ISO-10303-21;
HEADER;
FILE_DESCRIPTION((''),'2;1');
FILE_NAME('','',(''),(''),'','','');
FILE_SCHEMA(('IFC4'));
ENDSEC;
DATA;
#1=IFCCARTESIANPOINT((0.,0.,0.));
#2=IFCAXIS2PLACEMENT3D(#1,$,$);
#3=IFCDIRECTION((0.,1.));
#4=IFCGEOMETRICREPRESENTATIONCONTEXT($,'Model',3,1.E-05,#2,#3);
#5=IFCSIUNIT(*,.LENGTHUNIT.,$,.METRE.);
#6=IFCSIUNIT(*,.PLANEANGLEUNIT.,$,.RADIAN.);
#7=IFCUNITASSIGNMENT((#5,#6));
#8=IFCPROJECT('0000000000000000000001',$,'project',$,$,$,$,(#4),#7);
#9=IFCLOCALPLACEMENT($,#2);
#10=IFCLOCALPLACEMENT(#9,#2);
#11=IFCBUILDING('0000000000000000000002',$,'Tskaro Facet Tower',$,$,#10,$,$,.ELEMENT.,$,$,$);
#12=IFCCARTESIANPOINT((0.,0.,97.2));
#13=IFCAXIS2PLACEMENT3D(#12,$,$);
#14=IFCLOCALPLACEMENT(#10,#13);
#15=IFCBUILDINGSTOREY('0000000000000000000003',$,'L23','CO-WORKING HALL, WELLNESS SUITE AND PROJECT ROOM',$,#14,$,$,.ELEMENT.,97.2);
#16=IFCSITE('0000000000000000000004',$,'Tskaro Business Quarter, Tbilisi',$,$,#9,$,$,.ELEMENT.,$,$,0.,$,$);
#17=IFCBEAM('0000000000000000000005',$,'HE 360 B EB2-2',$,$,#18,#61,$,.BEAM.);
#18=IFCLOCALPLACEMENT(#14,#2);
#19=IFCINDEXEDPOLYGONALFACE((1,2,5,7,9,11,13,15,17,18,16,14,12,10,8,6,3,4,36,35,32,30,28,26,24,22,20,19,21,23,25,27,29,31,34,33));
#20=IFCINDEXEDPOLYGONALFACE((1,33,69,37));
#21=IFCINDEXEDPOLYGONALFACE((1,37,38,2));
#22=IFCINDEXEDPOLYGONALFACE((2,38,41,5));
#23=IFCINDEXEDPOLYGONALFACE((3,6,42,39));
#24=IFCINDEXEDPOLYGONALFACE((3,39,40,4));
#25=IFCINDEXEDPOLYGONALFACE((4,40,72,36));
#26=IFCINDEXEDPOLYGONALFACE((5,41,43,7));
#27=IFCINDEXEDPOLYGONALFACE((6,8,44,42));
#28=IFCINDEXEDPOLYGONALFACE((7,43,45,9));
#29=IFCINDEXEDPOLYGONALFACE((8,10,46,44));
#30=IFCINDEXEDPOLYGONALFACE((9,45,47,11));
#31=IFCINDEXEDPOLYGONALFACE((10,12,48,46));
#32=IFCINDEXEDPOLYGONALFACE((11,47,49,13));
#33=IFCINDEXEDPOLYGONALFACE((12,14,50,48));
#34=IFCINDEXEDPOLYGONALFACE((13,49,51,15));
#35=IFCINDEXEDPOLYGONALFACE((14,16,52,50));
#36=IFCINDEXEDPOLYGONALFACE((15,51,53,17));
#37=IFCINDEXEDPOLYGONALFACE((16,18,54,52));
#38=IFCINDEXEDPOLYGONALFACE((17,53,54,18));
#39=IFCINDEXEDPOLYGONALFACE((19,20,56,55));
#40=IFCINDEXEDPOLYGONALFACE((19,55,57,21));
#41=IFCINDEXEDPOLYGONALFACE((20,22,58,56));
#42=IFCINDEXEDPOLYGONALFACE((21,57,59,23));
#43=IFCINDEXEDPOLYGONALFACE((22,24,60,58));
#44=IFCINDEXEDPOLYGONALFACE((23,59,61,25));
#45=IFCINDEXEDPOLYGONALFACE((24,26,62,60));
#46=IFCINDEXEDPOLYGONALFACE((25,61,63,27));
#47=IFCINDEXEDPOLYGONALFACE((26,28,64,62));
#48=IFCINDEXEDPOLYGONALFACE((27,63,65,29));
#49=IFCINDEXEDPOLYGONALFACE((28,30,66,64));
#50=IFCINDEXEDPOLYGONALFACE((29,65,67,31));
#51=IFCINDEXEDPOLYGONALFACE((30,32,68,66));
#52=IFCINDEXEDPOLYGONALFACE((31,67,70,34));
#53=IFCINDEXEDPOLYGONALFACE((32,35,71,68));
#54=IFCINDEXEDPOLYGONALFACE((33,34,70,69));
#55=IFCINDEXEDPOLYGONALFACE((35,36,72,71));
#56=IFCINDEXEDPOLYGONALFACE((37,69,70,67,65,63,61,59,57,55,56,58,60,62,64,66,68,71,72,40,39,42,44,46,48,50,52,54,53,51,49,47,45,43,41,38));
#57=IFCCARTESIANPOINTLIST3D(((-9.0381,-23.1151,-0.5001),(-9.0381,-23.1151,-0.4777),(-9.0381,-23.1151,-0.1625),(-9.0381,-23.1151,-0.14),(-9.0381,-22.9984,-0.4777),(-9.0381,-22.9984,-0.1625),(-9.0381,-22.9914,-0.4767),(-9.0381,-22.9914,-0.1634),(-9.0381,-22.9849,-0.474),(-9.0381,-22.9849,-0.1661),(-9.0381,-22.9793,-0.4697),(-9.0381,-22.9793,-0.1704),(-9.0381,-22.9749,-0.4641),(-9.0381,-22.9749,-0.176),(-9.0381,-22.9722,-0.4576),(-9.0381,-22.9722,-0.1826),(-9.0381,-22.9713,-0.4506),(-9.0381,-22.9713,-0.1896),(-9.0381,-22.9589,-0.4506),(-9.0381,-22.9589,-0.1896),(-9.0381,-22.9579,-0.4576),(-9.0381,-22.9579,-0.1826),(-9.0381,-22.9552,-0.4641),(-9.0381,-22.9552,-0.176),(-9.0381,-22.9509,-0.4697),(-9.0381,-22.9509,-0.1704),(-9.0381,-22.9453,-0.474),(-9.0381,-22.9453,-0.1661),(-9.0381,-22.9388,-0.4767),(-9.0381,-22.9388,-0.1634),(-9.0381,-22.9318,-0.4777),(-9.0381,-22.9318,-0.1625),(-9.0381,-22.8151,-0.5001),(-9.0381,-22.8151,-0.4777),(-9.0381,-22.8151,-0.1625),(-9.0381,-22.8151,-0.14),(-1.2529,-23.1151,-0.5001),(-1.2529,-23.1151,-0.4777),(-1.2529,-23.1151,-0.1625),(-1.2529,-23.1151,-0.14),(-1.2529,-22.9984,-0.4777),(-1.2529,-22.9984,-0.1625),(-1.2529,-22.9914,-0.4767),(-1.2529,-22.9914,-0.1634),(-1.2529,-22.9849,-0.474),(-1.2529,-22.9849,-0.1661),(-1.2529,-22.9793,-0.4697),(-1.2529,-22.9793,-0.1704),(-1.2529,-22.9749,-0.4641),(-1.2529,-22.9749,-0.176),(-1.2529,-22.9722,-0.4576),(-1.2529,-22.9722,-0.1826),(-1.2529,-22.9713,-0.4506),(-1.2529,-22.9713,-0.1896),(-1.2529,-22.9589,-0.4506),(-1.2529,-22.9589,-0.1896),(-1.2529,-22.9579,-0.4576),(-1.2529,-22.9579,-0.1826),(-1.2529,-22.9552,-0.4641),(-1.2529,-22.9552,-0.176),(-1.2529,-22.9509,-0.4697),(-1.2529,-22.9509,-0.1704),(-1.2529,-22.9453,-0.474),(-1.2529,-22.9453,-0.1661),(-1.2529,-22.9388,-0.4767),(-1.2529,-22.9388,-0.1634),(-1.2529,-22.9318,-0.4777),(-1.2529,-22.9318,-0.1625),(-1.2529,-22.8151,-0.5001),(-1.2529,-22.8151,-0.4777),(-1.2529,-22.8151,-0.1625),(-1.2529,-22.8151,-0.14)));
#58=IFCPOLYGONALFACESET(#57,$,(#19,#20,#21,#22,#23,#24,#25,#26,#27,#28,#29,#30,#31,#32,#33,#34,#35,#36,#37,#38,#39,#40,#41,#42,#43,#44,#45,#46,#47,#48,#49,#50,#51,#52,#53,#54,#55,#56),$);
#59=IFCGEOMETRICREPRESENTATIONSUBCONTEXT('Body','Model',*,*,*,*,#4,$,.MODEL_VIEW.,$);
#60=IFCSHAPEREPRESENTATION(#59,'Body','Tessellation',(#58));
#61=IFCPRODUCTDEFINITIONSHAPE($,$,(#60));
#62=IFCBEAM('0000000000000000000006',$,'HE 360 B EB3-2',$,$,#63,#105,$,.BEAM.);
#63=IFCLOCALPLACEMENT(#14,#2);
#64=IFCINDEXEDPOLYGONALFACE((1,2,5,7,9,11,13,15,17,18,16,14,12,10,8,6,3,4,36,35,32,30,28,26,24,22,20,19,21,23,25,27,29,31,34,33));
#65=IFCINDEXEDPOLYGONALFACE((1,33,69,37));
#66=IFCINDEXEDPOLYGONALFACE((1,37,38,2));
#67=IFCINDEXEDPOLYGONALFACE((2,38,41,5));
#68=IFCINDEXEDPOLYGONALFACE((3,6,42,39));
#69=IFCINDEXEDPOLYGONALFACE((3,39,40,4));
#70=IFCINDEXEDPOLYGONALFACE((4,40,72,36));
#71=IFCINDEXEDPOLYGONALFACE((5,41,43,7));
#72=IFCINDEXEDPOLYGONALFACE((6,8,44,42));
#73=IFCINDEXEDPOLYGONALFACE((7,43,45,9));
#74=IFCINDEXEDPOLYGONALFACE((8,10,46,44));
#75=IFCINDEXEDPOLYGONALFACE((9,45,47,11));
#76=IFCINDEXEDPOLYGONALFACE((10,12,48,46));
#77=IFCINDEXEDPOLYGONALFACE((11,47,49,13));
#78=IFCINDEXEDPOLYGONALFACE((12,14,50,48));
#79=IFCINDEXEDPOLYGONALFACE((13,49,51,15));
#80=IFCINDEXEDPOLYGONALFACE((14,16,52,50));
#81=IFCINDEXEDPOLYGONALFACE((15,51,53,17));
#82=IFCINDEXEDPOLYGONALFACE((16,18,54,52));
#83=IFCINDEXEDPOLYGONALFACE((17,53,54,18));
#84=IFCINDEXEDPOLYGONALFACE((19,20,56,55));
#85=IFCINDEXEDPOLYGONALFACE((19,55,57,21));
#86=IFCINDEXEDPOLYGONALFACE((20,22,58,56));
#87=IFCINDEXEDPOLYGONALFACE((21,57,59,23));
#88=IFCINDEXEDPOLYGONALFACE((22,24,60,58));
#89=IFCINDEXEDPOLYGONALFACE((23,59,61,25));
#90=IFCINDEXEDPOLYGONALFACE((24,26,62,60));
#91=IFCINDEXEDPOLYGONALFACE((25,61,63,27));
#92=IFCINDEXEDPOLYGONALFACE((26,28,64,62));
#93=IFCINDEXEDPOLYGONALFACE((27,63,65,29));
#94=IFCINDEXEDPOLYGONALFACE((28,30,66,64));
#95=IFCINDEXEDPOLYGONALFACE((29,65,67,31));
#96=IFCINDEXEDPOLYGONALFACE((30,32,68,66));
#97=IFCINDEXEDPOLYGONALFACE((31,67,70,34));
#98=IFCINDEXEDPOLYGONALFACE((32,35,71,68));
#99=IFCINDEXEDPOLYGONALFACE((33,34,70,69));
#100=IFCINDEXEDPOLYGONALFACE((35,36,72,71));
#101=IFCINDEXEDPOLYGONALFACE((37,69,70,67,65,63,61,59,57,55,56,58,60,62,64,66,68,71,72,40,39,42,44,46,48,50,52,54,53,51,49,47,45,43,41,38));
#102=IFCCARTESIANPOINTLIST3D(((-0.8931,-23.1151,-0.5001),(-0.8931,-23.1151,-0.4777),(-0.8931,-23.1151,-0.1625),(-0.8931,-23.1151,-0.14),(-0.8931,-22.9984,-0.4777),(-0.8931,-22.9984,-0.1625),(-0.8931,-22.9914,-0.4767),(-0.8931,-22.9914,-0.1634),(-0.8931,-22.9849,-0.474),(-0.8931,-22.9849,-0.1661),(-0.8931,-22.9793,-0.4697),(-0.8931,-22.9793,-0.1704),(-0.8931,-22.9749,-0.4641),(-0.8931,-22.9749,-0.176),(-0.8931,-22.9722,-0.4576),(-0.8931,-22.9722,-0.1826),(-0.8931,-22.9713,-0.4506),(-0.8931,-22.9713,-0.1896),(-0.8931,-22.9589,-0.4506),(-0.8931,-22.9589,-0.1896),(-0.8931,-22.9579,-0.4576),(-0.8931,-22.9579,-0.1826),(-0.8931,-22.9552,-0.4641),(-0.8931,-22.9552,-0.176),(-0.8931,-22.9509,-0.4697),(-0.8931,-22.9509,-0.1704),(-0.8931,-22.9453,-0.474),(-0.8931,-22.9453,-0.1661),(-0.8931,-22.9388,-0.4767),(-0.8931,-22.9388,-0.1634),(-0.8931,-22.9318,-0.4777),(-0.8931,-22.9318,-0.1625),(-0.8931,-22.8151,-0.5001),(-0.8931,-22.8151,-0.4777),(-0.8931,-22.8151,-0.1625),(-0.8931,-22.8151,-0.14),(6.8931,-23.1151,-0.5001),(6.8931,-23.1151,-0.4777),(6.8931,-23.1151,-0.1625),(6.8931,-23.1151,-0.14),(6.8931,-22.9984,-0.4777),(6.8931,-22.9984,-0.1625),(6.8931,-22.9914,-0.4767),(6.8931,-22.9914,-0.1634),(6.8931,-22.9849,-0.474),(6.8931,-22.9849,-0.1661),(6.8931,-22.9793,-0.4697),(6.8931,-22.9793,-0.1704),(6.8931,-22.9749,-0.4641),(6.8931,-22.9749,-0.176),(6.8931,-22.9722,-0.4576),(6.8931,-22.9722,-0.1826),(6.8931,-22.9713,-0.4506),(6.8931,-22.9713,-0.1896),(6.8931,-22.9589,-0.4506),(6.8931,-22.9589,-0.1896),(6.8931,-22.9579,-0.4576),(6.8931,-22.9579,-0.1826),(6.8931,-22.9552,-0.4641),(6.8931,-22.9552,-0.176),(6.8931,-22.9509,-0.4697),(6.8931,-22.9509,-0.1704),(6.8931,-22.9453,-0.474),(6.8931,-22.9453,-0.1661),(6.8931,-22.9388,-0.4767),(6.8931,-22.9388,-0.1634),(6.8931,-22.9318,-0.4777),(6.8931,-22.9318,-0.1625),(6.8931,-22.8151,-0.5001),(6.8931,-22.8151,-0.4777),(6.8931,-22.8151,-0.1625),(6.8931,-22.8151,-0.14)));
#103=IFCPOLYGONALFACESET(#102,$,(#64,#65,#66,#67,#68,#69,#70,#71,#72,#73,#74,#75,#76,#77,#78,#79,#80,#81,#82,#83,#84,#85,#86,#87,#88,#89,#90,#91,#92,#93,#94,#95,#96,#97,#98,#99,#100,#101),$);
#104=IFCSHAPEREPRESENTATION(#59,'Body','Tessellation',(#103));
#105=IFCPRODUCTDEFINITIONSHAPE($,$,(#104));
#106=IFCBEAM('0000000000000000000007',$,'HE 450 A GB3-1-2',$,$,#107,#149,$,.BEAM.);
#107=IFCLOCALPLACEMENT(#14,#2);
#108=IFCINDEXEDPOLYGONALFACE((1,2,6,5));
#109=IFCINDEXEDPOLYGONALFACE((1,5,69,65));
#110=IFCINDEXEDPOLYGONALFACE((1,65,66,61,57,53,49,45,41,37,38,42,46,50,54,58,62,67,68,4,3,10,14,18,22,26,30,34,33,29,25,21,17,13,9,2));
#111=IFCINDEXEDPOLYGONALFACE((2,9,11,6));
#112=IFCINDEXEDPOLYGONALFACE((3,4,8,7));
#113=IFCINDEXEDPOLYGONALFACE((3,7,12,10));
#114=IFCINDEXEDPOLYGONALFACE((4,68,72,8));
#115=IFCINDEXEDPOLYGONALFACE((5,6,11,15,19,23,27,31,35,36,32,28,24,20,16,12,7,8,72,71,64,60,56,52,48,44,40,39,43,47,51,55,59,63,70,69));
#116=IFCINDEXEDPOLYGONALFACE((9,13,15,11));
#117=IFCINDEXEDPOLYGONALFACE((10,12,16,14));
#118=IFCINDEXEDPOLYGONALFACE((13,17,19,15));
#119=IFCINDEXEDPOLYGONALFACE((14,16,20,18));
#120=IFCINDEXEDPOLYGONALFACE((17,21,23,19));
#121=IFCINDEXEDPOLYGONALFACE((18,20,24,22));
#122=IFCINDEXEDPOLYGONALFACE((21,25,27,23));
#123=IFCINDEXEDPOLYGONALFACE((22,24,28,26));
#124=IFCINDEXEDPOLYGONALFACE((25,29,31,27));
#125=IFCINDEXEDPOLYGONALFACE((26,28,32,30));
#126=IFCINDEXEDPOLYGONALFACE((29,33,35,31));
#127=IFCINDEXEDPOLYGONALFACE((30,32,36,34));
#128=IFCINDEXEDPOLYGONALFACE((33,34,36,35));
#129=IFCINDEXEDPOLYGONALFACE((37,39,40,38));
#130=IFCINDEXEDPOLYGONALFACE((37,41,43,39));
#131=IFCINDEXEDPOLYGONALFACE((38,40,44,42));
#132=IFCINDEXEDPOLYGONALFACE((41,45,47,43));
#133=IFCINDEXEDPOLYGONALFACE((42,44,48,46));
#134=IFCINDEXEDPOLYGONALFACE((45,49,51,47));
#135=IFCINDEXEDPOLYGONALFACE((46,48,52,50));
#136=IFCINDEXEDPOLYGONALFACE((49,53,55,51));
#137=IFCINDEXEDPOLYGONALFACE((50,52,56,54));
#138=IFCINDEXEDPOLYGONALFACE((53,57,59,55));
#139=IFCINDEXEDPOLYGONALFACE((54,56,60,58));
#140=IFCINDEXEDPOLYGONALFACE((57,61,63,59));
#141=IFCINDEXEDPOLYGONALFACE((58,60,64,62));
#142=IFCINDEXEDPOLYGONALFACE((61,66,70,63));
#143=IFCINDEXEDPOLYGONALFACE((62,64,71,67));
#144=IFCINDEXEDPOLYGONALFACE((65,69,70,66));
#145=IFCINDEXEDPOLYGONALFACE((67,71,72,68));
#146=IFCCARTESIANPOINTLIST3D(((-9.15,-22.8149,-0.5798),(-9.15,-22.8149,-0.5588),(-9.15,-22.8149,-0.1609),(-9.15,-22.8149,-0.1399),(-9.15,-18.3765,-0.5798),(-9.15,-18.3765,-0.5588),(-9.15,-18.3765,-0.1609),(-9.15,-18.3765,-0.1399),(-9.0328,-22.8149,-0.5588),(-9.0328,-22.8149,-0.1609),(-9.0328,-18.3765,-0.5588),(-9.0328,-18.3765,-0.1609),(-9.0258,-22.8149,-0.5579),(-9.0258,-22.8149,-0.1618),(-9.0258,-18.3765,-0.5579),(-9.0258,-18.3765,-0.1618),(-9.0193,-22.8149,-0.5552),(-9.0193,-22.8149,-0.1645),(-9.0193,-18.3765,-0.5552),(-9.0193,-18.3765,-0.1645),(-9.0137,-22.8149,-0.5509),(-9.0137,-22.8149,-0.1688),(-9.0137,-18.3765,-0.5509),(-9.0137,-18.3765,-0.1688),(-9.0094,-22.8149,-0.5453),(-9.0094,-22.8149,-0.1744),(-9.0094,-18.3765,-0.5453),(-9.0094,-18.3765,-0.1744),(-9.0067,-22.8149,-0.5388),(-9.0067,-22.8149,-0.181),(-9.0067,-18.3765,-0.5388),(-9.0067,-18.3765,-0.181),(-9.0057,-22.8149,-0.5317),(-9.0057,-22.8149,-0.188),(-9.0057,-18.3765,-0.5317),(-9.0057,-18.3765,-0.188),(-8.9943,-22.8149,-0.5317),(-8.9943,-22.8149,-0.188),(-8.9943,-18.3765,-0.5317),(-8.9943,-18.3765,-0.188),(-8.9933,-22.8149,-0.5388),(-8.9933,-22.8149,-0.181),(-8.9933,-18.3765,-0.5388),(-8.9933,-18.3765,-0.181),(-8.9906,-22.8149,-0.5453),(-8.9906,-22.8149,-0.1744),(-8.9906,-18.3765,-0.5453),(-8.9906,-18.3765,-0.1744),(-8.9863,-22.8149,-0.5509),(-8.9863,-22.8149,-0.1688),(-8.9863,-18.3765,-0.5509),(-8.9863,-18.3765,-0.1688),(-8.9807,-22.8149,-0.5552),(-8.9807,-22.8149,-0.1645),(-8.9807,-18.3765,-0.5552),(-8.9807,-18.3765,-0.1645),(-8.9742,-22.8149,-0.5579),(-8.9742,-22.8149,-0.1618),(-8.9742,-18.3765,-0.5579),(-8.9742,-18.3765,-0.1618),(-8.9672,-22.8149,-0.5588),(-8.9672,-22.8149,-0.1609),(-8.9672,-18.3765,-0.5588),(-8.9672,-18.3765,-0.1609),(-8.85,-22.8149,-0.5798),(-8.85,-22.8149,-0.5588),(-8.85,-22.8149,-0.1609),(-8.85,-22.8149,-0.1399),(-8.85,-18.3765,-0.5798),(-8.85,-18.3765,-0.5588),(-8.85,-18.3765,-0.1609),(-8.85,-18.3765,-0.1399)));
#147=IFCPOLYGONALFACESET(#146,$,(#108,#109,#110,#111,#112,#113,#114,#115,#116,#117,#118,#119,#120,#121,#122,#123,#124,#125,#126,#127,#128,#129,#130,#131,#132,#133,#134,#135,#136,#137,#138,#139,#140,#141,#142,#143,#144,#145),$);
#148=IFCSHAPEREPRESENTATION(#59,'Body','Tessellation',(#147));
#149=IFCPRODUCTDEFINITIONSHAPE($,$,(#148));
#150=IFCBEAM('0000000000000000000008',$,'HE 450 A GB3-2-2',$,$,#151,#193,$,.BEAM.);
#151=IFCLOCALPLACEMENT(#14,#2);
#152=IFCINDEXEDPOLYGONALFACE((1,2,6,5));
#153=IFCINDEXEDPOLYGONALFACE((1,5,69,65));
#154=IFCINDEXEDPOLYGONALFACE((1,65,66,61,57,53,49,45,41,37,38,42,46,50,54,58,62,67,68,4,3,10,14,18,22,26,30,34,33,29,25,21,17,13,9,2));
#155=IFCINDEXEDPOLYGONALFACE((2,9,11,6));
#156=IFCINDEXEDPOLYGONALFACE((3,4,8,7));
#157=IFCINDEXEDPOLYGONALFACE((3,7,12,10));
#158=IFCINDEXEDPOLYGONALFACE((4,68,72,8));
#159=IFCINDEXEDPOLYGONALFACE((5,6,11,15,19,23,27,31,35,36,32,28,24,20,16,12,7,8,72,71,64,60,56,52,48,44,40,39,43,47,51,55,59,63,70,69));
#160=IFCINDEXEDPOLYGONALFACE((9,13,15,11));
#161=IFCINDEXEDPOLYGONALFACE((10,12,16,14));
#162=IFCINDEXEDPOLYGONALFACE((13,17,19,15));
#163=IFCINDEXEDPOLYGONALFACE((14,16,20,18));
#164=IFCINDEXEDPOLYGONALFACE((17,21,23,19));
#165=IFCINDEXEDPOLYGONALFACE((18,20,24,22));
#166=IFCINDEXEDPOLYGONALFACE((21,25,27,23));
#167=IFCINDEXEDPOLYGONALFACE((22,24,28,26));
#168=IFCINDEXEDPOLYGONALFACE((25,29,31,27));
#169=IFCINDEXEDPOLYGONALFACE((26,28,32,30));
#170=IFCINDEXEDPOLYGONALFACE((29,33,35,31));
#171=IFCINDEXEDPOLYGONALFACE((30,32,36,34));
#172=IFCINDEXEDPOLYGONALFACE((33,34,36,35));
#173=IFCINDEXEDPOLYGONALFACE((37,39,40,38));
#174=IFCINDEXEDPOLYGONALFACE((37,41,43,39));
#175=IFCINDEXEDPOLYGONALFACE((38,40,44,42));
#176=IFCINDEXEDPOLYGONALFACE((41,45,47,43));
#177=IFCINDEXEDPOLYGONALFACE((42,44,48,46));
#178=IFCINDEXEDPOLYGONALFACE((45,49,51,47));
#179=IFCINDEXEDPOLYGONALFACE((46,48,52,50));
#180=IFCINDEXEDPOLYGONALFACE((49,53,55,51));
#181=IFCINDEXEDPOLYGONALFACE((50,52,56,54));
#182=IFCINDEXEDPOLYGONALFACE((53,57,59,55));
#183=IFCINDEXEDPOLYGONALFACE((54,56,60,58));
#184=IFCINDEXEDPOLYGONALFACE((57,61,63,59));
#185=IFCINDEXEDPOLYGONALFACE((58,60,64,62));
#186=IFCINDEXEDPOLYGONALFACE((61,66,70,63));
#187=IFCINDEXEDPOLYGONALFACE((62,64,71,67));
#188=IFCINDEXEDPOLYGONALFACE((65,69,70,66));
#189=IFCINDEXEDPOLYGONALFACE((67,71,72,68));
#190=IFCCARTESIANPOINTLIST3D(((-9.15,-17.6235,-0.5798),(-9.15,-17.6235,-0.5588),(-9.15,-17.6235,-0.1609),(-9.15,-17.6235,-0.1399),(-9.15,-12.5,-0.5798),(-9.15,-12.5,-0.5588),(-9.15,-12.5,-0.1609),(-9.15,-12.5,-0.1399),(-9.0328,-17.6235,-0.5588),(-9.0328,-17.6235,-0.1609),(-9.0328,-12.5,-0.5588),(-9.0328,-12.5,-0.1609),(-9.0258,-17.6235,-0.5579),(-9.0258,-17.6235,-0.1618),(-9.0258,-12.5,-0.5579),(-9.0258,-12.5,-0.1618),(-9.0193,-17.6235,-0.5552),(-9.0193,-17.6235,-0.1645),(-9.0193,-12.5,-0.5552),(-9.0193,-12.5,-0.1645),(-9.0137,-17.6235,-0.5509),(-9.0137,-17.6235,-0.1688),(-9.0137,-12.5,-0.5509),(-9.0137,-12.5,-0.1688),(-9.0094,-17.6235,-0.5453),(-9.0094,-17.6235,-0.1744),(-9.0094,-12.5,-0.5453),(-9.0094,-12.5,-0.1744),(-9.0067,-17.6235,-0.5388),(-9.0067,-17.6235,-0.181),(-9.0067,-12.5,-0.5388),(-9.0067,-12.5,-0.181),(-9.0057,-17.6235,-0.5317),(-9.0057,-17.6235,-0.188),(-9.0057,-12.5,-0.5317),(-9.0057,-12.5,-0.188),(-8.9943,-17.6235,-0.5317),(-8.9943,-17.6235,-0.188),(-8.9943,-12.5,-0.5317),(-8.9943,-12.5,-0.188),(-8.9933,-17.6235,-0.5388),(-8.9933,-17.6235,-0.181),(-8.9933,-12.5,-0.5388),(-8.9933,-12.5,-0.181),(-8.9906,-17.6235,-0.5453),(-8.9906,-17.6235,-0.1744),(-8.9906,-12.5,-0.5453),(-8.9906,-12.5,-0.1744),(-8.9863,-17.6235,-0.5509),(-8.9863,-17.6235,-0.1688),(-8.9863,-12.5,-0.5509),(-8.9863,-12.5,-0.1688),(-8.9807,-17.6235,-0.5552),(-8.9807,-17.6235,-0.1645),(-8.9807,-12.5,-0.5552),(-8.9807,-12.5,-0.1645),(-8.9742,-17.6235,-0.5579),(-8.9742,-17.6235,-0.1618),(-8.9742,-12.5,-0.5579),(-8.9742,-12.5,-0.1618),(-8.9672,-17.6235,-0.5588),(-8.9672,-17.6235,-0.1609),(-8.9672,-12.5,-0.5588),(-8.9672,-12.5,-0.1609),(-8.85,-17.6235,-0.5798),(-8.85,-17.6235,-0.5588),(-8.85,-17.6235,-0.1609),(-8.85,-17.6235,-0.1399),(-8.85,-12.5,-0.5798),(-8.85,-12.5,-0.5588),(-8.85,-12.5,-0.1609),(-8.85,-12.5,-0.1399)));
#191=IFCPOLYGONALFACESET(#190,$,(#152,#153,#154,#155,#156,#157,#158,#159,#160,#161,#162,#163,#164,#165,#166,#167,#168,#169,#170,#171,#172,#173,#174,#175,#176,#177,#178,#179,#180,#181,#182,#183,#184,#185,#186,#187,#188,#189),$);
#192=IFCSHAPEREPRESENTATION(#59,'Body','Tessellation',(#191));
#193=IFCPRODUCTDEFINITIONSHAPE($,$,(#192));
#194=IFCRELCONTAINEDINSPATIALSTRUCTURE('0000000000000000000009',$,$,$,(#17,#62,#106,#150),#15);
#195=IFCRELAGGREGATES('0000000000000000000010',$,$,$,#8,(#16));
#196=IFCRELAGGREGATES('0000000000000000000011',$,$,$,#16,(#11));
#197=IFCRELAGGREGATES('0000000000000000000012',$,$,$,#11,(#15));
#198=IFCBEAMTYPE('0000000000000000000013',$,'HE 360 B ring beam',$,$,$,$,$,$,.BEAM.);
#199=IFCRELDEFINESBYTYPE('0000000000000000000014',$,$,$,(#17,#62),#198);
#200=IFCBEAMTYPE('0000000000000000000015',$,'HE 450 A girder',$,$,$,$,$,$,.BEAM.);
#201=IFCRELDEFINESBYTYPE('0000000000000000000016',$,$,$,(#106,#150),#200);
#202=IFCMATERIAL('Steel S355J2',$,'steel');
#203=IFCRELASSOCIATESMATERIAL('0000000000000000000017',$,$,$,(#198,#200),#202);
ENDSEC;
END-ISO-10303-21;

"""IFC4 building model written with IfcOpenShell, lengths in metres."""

from ifc_helpers import new_model, si_unit, direction, frame, origin, origin_2d, place, context, subcontext, project, spatial, i_section, extrude, material, material_profile, profile_set, type_object, element, save


model = new_model("IFC4")

# Units and contexts
model_context = context("Model", 3, precision=1e-05, world=origin(), true_north=direction((0.0, 1.0)))
body_context = subcontext(model_context, "Body", "Model", "MODEL_VIEW")
ifc_project = project(units=[si_unit("LENGTHUNIT", "METRE"), si_unit("PLANEANGLEUNIT", "RADIAN")], contexts=[model_context])

# Site, building, storey
site_placement = place(None, origin())
site = spatial("IfcSite", under=ifc_project, at=site_placement, Name="Tskaro Business Quarter, Tbilisi", CompositionType="ELEMENT", RefElevation=0.0)
building_placement = place(site_placement, origin())
building = spatial("IfcBuilding", under=site, at=building_placement, Name="Tskaro Facet Tower", CompositionType="ELEMENT")
storey_placement = place(building_placement, frame((0.0, 0.0, 97.2)))
storey = spatial("IfcBuildingStorey", under=building, at=storey_placement, Name="L23", Description="CO-WORKING HALL, WELLNESS SUITE AND PROJECT ROOM", CompositionType="ELEMENT", Elevation=97.2)

# Beams
ifc_material_1 = material(Name="Steel S355J2", Category="steel")
ifc_material_profile_1 = material_profile(ifc_material_1, i_section(OverallWidth=0.3, OverallDepth=0.3601, WebThickness=0.0125, FlangeThickness=0.0225, FilletRadius=0.0271, at=origin_2d()), Name="HE 360 B")
ifc_profile_set_1 = profile_set([ifc_material_profile_1], Name="Steel S355J2")
beam_type_1 = type_object("IfcBeamType", Name="HE 360 B ring beam", PredefinedType="BEAM", material=ifc_profile_set_1)
beam_1_placement = place(storey_placement, frame((-9.0381, -22.9651, -0.3201), z_axis=(1.0, 0.0, 0.0), x_axis=(0.0, 1.0, 0.0)))
element("IfcBeam", 1, at=beam_1_placement, inside=storey, type_object=beam_type_1, Name="HE 360 B EB2-2", PredefinedType="BEAM", context=body_context, shape_type="SweptSolid", body=[
    extrude(i_section(OverallWidth=0.3, OverallDepth=0.3601, WebThickness=0.0125, FlangeThickness=0.0225, FilletRadius=0.0271, at=origin_2d()), origin(), (0.0, 0.0, 1.0), 7.7852),
])
beam_2_placement = place(storey_placement, frame((-0.8931, -22.9651, -0.3201), z_axis=(1.0, 0.0, 0.0), x_axis=(0.0, 1.0, 0.0)))
element("IfcBeam", 2, at=beam_2_placement, inside=storey, type_object=beam_type_1, Name="HE 360 B EB3-2", PredefinedType="BEAM", context=body_context, shape_type="SweptSolid", body=[
    extrude(i_section(OverallWidth=0.3, OverallDepth=0.3601, WebThickness=0.0125, FlangeThickness=0.0225, FilletRadius=0.0271, at=origin_2d()), origin(), (0.0, 0.0, 1.0), 7.7861),
])
ifc_material_profile_2 = material_profile(ifc_material_1, i_section(OverallWidth=0.3, OverallDepth=0.4399, WebThickness=0.0115, FlangeThickness=0.021, FilletRadius=0.0271, at=origin_2d()), Name="HE 450 A")
ifc_profile_set_2 = profile_set([ifc_material_profile_2], Name="Steel S355J2")
beam_type_2 = type_object("IfcBeamType", Name="HE 450 A girder", PredefinedType="BEAM", material=ifc_profile_set_2)
beam_3_placement = place(storey_placement, frame((-9.0, -22.8149, -0.3599), z_axis=(0.0, 1.0, 0.0), x_axis=(-1.0, 0.0, 0.0)))
element("IfcBeam", 3, at=beam_3_placement, inside=storey, type_object=beam_type_2, Name="HE 450 A GB3-1-2", PredefinedType="BEAM", context=body_context, shape_type="SweptSolid", body=[
    extrude(i_section(OverallWidth=0.3, OverallDepth=0.4399, WebThickness=0.0115, FlangeThickness=0.021, FilletRadius=0.0271, at=origin_2d()), origin(), (0.0, 0.0, 1.0), 4.4385),
])
beam_4_placement = place(storey_placement, frame((-9.0, -17.6235, -0.3599), z_axis=(0.0, 1.0, 0.0), x_axis=(-1.0, 0.0, 0.0)))
element("IfcBeam", 4, at=beam_4_placement, inside=storey, type_object=beam_type_2, Name="HE 450 A GB3-2-2", PredefinedType="BEAM", context=body_context, shape_type="SweptSolid", body=[
    extrude(i_section(OverallWidth=0.3, OverallDepth=0.4399, WebThickness=0.0115, FlangeThickness=0.021, FilletRadius=0.0271, at=origin_2d()), origin(), (0.0, 0.0, 1.0), 5.1235),
])

save(model, "model.ifc")
